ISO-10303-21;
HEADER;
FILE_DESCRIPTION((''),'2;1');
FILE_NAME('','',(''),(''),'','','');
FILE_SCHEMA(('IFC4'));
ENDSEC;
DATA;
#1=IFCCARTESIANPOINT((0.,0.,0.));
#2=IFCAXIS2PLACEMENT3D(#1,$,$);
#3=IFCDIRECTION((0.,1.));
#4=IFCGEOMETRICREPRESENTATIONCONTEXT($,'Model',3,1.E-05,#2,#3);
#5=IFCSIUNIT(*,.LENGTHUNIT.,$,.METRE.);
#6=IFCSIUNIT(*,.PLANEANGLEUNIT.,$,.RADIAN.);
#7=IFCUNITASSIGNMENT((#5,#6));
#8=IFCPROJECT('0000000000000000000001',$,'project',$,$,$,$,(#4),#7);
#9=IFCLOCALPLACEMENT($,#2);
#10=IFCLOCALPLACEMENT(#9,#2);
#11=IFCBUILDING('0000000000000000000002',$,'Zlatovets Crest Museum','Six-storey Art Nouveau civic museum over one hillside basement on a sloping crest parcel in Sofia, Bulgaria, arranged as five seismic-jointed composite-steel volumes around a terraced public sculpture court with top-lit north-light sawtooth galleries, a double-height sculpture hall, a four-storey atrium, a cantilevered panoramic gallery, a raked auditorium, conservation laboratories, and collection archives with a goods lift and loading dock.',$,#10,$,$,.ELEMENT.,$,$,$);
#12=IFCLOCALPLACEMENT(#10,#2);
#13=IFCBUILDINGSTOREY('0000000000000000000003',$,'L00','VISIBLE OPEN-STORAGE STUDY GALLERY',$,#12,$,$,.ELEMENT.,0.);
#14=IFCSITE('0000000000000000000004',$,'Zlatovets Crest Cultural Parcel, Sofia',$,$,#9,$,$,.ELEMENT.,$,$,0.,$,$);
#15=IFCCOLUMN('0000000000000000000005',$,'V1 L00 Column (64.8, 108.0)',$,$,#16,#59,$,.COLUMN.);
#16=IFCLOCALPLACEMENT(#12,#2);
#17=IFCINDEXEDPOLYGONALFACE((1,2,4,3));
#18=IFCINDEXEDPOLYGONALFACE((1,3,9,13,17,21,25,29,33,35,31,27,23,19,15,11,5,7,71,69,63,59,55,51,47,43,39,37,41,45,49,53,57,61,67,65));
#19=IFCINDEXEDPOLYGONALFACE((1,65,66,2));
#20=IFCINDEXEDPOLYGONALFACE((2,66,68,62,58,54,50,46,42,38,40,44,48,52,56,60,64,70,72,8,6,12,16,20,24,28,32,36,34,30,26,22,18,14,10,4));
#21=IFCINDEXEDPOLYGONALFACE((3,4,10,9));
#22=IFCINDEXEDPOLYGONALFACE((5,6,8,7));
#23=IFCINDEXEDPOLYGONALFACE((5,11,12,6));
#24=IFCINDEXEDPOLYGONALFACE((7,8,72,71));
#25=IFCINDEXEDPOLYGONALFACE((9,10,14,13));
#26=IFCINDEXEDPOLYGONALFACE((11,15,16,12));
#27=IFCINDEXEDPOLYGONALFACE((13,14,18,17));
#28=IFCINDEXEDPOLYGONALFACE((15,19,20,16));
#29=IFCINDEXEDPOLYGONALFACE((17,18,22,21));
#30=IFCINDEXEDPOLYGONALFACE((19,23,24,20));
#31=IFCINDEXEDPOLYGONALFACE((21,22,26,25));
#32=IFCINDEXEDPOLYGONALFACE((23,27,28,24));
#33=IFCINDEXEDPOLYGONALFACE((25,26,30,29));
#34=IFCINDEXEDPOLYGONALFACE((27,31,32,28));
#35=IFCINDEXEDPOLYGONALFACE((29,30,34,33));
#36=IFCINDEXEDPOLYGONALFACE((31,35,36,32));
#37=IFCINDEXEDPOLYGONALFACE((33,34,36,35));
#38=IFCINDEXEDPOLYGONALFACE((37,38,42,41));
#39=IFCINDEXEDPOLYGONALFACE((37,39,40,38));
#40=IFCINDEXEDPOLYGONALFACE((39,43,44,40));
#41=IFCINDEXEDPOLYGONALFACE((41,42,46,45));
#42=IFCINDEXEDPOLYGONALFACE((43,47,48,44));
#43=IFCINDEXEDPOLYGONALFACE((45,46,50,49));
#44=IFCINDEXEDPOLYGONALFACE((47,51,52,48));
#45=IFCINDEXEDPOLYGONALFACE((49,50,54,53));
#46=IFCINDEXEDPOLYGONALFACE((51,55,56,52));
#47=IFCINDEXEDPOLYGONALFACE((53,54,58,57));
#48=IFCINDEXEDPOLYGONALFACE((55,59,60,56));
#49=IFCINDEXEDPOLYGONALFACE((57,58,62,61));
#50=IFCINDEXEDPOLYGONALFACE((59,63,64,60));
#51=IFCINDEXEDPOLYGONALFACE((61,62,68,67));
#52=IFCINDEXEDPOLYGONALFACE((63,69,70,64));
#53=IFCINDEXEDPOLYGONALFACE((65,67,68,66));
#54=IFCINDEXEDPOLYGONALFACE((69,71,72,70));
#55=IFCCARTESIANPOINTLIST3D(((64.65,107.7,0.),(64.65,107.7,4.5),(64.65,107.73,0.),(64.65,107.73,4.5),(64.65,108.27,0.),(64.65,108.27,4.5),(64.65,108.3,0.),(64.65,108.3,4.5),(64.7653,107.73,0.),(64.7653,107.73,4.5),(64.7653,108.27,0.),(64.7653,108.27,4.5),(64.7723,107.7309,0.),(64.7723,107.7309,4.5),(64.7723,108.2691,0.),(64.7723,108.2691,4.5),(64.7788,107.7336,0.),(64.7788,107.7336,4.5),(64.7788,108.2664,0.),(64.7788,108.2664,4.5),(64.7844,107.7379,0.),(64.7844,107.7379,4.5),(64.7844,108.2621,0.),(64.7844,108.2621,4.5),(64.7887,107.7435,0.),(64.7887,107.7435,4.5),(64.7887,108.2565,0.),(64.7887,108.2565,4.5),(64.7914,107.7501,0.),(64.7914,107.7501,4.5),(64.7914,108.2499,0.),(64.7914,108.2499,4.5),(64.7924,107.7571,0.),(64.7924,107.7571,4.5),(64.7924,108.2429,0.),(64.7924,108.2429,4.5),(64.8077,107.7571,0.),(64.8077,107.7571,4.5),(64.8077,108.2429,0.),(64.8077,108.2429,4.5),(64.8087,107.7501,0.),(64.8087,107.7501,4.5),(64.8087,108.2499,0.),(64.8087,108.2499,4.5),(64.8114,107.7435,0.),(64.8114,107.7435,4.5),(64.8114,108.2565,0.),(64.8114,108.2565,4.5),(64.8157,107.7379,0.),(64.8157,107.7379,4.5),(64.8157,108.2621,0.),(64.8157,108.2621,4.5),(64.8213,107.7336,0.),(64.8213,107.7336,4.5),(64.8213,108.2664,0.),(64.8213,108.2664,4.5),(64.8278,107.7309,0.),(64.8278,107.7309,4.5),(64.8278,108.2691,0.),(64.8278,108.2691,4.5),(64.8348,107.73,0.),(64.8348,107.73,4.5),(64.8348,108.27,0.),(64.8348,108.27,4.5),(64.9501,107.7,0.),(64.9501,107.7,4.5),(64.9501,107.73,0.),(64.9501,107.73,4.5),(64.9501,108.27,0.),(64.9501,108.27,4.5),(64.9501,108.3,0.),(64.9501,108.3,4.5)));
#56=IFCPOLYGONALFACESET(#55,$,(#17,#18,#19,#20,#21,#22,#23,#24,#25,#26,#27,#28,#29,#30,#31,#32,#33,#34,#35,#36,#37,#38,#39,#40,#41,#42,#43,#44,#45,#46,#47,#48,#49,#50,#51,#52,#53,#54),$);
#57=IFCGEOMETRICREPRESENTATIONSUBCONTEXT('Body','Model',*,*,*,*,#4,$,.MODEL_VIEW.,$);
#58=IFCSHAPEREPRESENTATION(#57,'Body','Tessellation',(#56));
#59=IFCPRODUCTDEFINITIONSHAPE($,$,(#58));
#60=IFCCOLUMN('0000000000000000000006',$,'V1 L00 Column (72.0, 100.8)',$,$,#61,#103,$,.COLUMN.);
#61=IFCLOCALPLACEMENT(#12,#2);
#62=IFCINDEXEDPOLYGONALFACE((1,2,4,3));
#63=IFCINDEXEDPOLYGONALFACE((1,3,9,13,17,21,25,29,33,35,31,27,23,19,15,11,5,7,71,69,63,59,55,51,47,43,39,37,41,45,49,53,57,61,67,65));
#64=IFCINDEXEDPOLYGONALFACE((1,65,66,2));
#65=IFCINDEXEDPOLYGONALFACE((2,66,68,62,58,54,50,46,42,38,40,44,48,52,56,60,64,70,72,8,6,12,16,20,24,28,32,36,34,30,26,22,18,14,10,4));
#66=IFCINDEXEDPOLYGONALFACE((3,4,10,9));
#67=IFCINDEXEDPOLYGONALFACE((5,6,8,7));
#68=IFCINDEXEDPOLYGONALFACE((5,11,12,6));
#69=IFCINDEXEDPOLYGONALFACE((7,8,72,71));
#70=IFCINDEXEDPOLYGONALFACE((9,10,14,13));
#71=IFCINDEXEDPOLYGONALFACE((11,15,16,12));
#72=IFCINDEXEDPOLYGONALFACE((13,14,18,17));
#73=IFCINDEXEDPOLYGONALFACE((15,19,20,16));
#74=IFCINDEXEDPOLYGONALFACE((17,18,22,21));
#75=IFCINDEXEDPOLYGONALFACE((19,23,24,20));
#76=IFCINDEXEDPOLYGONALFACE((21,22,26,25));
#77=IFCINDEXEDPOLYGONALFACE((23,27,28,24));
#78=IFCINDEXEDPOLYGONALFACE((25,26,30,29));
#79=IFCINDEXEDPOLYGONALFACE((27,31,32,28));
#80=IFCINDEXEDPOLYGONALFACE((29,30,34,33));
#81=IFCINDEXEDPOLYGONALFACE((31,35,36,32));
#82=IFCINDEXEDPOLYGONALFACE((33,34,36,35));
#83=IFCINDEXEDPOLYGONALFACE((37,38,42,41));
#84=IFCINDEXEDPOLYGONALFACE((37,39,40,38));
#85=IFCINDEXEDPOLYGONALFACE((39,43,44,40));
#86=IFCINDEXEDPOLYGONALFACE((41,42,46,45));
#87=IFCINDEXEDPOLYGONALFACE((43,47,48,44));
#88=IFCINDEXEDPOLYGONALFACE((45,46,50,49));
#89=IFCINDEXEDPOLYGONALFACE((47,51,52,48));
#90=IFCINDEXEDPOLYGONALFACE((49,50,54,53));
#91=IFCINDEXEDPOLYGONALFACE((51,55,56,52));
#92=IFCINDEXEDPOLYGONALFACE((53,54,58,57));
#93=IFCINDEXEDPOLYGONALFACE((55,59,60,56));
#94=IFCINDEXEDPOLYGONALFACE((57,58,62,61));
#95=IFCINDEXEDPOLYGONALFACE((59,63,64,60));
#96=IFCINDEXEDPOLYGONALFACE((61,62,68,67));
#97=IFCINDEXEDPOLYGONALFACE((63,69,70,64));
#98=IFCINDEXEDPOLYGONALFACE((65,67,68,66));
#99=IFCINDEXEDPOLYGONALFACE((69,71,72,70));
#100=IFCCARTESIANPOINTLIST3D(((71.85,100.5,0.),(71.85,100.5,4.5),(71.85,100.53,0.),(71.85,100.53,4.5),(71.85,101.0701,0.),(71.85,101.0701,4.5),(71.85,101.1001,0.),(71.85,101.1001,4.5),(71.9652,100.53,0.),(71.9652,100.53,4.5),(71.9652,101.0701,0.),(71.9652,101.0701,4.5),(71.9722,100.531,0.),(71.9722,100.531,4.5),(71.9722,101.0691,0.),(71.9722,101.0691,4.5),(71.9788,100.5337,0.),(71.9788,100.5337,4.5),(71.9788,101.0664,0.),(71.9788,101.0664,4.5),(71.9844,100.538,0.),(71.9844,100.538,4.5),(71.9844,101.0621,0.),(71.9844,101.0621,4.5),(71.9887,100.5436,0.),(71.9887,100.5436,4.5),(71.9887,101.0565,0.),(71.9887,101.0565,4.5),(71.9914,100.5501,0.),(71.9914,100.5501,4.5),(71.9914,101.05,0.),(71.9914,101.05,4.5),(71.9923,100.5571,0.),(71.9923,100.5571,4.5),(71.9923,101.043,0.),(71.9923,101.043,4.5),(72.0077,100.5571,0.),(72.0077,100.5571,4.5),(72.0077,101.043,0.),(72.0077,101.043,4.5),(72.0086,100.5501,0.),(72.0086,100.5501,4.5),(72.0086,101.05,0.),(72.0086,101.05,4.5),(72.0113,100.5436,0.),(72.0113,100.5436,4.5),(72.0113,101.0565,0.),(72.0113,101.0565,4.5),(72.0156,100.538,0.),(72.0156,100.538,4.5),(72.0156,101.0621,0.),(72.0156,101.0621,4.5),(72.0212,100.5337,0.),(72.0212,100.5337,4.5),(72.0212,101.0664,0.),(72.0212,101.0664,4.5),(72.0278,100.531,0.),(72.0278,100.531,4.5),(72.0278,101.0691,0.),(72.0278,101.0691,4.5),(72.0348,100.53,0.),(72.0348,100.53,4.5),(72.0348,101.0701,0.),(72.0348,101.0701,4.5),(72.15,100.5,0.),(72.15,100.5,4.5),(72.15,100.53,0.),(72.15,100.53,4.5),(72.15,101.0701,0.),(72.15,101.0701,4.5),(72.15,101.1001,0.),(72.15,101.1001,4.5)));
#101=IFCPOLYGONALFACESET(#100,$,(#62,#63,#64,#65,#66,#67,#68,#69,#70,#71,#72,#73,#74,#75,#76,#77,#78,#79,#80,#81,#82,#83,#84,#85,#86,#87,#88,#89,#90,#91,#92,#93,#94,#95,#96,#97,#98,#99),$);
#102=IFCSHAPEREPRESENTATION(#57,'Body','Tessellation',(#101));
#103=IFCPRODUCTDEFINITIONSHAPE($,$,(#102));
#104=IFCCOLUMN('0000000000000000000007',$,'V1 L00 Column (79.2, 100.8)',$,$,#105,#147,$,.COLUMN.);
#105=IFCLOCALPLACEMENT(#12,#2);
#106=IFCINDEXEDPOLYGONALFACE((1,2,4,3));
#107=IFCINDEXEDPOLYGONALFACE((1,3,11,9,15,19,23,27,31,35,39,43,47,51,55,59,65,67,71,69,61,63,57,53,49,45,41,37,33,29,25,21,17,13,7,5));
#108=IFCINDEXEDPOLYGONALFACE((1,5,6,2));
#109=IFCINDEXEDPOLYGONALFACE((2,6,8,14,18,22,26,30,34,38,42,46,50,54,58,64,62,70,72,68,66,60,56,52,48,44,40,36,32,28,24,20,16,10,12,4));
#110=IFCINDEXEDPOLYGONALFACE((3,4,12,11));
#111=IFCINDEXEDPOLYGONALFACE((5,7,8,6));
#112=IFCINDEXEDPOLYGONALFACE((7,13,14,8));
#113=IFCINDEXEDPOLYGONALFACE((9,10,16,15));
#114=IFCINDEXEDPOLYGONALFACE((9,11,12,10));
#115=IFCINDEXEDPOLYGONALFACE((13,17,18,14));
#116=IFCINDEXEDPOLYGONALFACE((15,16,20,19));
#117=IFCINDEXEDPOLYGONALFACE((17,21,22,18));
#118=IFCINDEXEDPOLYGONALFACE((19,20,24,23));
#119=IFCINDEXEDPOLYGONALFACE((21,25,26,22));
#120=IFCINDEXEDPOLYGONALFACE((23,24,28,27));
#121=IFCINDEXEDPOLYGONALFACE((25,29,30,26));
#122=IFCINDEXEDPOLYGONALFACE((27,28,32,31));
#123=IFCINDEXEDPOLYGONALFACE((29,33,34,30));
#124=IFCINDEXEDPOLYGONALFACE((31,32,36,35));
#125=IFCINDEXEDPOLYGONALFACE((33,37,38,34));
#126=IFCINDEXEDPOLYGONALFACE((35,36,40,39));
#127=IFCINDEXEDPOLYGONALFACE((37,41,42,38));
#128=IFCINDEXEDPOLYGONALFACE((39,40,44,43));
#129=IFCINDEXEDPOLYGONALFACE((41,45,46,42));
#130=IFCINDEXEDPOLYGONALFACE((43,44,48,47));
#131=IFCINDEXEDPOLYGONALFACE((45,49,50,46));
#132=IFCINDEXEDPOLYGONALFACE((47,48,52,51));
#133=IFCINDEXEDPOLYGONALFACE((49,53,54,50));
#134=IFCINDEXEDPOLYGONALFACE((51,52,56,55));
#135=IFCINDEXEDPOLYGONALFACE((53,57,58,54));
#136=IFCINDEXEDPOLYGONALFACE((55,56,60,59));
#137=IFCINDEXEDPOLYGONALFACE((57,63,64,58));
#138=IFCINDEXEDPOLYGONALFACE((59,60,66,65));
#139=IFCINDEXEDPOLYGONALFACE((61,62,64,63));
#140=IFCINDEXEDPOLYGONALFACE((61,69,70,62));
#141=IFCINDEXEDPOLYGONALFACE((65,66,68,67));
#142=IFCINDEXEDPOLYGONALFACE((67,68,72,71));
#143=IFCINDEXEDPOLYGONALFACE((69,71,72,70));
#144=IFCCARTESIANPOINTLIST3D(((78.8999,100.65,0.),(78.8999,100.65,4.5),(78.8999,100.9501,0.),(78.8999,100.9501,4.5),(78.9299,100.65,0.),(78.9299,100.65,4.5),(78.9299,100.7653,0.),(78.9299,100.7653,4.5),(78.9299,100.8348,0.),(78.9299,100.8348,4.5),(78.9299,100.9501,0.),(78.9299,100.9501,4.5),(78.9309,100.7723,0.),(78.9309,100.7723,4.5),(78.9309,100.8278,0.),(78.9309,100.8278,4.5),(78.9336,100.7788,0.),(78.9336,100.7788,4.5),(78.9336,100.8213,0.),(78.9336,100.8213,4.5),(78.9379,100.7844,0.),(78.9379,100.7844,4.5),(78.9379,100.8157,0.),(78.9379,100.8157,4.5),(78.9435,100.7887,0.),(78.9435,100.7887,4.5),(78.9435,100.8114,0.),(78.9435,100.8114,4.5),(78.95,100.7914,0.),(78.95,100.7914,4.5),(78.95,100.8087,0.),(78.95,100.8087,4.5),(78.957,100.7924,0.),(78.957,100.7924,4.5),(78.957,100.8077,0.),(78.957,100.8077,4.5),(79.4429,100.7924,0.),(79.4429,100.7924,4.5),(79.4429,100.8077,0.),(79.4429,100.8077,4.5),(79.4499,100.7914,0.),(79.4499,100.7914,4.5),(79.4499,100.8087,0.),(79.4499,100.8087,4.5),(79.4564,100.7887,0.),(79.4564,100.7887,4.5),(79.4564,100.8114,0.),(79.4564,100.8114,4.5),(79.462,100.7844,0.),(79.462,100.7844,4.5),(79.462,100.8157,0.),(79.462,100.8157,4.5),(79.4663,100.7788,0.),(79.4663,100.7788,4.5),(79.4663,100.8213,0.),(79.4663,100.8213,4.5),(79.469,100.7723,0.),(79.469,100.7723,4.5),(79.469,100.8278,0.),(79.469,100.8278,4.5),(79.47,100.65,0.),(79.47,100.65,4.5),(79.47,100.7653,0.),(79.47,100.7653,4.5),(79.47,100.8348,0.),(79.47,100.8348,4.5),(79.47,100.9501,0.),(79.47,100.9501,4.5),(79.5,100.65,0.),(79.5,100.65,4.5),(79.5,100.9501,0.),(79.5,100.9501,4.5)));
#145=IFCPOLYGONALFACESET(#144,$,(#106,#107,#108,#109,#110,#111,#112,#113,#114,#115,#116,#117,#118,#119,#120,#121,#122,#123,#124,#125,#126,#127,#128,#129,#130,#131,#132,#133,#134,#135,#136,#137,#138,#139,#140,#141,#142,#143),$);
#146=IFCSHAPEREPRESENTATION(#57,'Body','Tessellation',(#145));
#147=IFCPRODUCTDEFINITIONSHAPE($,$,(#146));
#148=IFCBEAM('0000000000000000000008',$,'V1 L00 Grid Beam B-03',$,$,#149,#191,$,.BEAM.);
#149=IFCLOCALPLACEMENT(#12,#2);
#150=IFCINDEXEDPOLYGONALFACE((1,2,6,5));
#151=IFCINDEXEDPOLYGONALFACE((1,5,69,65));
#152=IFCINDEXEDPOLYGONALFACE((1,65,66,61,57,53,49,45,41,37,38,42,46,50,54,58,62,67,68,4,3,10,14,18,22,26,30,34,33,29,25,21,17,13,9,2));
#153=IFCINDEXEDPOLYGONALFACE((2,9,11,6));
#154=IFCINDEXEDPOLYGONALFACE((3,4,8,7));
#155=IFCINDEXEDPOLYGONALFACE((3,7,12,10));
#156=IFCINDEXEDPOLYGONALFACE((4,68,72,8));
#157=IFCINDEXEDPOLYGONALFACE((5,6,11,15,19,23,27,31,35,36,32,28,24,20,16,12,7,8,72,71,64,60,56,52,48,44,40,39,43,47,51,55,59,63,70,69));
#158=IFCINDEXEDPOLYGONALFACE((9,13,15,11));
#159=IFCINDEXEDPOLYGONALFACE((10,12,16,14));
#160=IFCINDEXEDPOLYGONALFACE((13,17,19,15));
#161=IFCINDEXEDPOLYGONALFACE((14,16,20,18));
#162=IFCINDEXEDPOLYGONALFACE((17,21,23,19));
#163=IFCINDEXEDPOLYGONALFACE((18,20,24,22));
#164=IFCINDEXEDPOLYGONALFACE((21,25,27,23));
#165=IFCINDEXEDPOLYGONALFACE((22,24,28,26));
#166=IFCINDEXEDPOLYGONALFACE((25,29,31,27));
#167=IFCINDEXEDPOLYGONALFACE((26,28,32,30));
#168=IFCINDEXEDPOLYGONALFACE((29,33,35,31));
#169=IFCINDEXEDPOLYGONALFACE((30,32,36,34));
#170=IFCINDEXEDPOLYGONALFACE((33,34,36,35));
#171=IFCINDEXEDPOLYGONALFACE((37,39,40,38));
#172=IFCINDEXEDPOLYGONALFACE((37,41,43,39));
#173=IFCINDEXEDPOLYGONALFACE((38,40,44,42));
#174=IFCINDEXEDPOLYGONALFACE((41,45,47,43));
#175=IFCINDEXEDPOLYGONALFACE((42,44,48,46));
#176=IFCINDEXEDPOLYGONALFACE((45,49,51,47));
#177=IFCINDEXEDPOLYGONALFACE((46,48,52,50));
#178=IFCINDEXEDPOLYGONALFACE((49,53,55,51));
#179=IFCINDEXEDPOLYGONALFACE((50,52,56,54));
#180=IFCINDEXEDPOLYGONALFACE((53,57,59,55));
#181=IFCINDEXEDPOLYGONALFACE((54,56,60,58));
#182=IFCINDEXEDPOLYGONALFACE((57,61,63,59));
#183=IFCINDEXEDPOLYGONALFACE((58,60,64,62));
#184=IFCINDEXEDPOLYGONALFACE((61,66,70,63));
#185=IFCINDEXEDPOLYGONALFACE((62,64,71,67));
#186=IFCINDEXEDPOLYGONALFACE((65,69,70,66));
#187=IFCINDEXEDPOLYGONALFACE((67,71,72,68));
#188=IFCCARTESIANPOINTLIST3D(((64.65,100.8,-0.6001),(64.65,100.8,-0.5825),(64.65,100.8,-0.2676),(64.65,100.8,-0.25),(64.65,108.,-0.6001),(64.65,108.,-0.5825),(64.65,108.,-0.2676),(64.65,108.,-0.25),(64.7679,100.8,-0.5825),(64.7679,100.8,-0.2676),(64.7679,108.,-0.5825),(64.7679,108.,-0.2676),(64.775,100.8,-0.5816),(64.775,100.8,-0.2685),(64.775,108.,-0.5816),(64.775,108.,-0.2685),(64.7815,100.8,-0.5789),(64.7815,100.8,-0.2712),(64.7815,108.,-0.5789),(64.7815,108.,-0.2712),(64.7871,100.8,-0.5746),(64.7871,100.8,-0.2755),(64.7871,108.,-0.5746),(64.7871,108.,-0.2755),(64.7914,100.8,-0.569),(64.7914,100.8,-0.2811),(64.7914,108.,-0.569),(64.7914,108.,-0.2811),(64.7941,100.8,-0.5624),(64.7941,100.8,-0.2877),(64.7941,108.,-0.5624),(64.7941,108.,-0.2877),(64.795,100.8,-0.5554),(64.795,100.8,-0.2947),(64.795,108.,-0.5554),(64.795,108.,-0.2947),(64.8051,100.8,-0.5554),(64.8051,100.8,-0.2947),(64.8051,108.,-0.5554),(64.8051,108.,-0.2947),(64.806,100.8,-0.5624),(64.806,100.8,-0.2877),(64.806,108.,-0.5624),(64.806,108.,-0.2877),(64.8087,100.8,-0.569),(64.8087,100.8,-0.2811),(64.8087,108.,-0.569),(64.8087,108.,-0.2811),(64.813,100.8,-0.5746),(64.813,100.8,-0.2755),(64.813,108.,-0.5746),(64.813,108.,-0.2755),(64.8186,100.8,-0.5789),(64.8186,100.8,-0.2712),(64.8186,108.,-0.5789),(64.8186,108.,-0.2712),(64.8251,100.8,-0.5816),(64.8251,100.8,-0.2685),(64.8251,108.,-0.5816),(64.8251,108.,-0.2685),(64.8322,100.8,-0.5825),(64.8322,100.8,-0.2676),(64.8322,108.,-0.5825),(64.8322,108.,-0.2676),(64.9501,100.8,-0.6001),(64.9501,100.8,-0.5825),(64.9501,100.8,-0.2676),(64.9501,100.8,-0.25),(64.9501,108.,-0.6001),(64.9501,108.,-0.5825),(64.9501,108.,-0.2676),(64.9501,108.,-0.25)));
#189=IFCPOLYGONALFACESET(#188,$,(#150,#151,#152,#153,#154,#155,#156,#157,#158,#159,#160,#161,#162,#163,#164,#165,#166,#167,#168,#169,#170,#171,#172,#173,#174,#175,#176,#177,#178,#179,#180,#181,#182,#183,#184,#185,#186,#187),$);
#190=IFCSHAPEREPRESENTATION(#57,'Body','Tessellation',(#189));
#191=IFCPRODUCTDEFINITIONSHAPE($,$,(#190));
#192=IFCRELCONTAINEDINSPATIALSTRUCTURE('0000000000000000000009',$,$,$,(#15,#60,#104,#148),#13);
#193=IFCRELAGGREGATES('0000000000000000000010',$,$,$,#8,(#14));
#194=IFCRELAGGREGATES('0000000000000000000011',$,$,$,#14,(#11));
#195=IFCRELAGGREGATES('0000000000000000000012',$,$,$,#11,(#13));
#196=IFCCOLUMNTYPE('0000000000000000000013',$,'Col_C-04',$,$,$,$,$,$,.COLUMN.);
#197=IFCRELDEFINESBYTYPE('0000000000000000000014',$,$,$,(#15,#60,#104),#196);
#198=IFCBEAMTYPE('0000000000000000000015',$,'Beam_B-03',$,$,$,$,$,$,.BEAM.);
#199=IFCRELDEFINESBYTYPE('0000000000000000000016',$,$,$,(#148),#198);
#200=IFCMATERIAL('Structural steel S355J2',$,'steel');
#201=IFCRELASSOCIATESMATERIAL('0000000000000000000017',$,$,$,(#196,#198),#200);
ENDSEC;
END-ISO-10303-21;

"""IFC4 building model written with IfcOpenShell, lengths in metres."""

from ifc_helpers import new_model, si_unit, direction, frame, origin, origin_2d, place, context, subcontext, project, spatial, i_section, extrude, material, material_profile, profile_set, type_object, element, save


model = new_model("IFC4")

# Units and contexts
model_context = context("Model", 3, precision=1e-05, world=origin(), true_north=direction((0.0, 1.0)))
body_context = subcontext(model_context, "Body", "Model", "MODEL_VIEW")
ifc_project = project(units=[si_unit("LENGTHUNIT", "METRE"), si_unit("PLANEANGLEUNIT", "RADIAN")], contexts=[model_context])

# Site, building, storey
site_placement = place(None, origin())
site = spatial("IfcSite", under=ifc_project, at=site_placement, Name="Zlatovets Crest Cultural Parcel, Sofia", CompositionType="ELEMENT", RefElevation=0.0)
building_placement = place(site_placement, origin())
building = spatial("IfcBuilding", under=site, at=building_placement, Name="Zlatovets Crest Museum", Description="Six-storey Art Nouveau civic museum over one hillside basement on a sloping crest parcel in Sofia, Bulgaria, arranged as five seismic-jointed composite-steel volumes around a terraced public sculpture court with top-lit north-light sawtooth galleries, a double-height sculpture hall, a four-storey atrium, a cantilevered panoramic gallery, a raked auditorium, conservation laboratories, and collection archives with a goods lift and loading dock.", CompositionType="ELEMENT")
storey_placement = place(building_placement, origin())
storey = spatial("IfcBuildingStorey", under=building, at=storey_placement, Name="L00", Description="VISIBLE OPEN-STORAGE STUDY GALLERY", CompositionType="ELEMENT", Elevation=0.0)

# Columns
ifc_material_1 = material(Name="Structural steel S355J2", Category="steel")
ifc_material_profile_1 = material_profile(ifc_material_1, i_section(OverallWidth=0.3, OverallDepth=0.6001, WebThickness=0.0154, FlangeThickness=0.03, FilletRadius=0.0271, at=origin_2d()), Name="HEB 600")
ifc_profile_set_1 = profile_set([ifc_material_profile_1], Name="Structural steel S355J2")
column_type = type_object("IfcColumnType", Name="Col_C-04", PredefinedType="COLUMN", material=ifc_profile_set_1)
for number, where, z_axis, x_axis, name in (
    (1, (64.8, 108.0, 0.0), (0.0, 0.0, 1.0), (1.0, 0.0, 0.0), "V1 L00 Column (64.8, 108.0)"),
    (2, (72.0, 100.8, 0.0), (0.0, 0.0, 1.0), (1.0, 0.0, 0.0), "V1 L00 Column (72.0, 100.8)"),
    (3, (79.2, 100.8, 0.0), (0.0, 0.0, 1.0), (0.0, 1.0, 0.0), "V1 L00 Column (79.2, 100.8)"),
):
    element("IfcColumn", number, at=place(storey_placement, frame(where, z_axis=z_axis, x_axis=x_axis)), inside=storey, type_object=column_type, Name=name, PredefinedType="COLUMN", context=body_context, shape_type="SweptSolid", body=[
        extrude(i_section(OverallWidth=0.3, OverallDepth=0.6001, WebThickness=0.0154, FlangeThickness=0.03, FilletRadius=0.0271, at=origin_2d()), origin(), (0.0, 0.0, 1.0), 4.5),
    ])

# Beam
ifc_material_profile_2 = material_profile(ifc_material_1, i_section(OverallWidth=0.3, OverallDepth=0.3501, WebThickness=0.01, FlangeThickness=0.0176, FilletRadius=0.0271, at=origin_2d()), Name="HEA 360")
ifc_profile_set_2 = profile_set([ifc_material_profile_2], Name="Structural steel S355J2")
beam_type_1 = type_object("IfcBeamType", Name="Beam_B-03", PredefinedType="BEAM", material=ifc_profile_set_2)
for number, where, z_axis, x_axis, name in (
    (4, (64.8, 100.8, -0.425), (0.0, 1.0, 0.0), (-1.0, 0.0, 0.0), "V1 L00 Grid Beam B-03"),
):
    element("IfcBeam", number, at=place(storey_placement, frame(where, z_axis=z_axis, x_axis=x_axis)), inside=storey, type_object=beam_type_1, Name=name, PredefinedType="BEAM", context=body_context, shape_type="SweptSolid", body=[
        extrude(i_section(OverallWidth=0.3, OverallDepth=0.3501, WebThickness=0.01, FlangeThickness=0.0176, FilletRadius=0.0271, at=origin_2d()), origin(), (0.0, 0.0, 1.0), 7.2),
    ])

save(model, "model.ifc")
